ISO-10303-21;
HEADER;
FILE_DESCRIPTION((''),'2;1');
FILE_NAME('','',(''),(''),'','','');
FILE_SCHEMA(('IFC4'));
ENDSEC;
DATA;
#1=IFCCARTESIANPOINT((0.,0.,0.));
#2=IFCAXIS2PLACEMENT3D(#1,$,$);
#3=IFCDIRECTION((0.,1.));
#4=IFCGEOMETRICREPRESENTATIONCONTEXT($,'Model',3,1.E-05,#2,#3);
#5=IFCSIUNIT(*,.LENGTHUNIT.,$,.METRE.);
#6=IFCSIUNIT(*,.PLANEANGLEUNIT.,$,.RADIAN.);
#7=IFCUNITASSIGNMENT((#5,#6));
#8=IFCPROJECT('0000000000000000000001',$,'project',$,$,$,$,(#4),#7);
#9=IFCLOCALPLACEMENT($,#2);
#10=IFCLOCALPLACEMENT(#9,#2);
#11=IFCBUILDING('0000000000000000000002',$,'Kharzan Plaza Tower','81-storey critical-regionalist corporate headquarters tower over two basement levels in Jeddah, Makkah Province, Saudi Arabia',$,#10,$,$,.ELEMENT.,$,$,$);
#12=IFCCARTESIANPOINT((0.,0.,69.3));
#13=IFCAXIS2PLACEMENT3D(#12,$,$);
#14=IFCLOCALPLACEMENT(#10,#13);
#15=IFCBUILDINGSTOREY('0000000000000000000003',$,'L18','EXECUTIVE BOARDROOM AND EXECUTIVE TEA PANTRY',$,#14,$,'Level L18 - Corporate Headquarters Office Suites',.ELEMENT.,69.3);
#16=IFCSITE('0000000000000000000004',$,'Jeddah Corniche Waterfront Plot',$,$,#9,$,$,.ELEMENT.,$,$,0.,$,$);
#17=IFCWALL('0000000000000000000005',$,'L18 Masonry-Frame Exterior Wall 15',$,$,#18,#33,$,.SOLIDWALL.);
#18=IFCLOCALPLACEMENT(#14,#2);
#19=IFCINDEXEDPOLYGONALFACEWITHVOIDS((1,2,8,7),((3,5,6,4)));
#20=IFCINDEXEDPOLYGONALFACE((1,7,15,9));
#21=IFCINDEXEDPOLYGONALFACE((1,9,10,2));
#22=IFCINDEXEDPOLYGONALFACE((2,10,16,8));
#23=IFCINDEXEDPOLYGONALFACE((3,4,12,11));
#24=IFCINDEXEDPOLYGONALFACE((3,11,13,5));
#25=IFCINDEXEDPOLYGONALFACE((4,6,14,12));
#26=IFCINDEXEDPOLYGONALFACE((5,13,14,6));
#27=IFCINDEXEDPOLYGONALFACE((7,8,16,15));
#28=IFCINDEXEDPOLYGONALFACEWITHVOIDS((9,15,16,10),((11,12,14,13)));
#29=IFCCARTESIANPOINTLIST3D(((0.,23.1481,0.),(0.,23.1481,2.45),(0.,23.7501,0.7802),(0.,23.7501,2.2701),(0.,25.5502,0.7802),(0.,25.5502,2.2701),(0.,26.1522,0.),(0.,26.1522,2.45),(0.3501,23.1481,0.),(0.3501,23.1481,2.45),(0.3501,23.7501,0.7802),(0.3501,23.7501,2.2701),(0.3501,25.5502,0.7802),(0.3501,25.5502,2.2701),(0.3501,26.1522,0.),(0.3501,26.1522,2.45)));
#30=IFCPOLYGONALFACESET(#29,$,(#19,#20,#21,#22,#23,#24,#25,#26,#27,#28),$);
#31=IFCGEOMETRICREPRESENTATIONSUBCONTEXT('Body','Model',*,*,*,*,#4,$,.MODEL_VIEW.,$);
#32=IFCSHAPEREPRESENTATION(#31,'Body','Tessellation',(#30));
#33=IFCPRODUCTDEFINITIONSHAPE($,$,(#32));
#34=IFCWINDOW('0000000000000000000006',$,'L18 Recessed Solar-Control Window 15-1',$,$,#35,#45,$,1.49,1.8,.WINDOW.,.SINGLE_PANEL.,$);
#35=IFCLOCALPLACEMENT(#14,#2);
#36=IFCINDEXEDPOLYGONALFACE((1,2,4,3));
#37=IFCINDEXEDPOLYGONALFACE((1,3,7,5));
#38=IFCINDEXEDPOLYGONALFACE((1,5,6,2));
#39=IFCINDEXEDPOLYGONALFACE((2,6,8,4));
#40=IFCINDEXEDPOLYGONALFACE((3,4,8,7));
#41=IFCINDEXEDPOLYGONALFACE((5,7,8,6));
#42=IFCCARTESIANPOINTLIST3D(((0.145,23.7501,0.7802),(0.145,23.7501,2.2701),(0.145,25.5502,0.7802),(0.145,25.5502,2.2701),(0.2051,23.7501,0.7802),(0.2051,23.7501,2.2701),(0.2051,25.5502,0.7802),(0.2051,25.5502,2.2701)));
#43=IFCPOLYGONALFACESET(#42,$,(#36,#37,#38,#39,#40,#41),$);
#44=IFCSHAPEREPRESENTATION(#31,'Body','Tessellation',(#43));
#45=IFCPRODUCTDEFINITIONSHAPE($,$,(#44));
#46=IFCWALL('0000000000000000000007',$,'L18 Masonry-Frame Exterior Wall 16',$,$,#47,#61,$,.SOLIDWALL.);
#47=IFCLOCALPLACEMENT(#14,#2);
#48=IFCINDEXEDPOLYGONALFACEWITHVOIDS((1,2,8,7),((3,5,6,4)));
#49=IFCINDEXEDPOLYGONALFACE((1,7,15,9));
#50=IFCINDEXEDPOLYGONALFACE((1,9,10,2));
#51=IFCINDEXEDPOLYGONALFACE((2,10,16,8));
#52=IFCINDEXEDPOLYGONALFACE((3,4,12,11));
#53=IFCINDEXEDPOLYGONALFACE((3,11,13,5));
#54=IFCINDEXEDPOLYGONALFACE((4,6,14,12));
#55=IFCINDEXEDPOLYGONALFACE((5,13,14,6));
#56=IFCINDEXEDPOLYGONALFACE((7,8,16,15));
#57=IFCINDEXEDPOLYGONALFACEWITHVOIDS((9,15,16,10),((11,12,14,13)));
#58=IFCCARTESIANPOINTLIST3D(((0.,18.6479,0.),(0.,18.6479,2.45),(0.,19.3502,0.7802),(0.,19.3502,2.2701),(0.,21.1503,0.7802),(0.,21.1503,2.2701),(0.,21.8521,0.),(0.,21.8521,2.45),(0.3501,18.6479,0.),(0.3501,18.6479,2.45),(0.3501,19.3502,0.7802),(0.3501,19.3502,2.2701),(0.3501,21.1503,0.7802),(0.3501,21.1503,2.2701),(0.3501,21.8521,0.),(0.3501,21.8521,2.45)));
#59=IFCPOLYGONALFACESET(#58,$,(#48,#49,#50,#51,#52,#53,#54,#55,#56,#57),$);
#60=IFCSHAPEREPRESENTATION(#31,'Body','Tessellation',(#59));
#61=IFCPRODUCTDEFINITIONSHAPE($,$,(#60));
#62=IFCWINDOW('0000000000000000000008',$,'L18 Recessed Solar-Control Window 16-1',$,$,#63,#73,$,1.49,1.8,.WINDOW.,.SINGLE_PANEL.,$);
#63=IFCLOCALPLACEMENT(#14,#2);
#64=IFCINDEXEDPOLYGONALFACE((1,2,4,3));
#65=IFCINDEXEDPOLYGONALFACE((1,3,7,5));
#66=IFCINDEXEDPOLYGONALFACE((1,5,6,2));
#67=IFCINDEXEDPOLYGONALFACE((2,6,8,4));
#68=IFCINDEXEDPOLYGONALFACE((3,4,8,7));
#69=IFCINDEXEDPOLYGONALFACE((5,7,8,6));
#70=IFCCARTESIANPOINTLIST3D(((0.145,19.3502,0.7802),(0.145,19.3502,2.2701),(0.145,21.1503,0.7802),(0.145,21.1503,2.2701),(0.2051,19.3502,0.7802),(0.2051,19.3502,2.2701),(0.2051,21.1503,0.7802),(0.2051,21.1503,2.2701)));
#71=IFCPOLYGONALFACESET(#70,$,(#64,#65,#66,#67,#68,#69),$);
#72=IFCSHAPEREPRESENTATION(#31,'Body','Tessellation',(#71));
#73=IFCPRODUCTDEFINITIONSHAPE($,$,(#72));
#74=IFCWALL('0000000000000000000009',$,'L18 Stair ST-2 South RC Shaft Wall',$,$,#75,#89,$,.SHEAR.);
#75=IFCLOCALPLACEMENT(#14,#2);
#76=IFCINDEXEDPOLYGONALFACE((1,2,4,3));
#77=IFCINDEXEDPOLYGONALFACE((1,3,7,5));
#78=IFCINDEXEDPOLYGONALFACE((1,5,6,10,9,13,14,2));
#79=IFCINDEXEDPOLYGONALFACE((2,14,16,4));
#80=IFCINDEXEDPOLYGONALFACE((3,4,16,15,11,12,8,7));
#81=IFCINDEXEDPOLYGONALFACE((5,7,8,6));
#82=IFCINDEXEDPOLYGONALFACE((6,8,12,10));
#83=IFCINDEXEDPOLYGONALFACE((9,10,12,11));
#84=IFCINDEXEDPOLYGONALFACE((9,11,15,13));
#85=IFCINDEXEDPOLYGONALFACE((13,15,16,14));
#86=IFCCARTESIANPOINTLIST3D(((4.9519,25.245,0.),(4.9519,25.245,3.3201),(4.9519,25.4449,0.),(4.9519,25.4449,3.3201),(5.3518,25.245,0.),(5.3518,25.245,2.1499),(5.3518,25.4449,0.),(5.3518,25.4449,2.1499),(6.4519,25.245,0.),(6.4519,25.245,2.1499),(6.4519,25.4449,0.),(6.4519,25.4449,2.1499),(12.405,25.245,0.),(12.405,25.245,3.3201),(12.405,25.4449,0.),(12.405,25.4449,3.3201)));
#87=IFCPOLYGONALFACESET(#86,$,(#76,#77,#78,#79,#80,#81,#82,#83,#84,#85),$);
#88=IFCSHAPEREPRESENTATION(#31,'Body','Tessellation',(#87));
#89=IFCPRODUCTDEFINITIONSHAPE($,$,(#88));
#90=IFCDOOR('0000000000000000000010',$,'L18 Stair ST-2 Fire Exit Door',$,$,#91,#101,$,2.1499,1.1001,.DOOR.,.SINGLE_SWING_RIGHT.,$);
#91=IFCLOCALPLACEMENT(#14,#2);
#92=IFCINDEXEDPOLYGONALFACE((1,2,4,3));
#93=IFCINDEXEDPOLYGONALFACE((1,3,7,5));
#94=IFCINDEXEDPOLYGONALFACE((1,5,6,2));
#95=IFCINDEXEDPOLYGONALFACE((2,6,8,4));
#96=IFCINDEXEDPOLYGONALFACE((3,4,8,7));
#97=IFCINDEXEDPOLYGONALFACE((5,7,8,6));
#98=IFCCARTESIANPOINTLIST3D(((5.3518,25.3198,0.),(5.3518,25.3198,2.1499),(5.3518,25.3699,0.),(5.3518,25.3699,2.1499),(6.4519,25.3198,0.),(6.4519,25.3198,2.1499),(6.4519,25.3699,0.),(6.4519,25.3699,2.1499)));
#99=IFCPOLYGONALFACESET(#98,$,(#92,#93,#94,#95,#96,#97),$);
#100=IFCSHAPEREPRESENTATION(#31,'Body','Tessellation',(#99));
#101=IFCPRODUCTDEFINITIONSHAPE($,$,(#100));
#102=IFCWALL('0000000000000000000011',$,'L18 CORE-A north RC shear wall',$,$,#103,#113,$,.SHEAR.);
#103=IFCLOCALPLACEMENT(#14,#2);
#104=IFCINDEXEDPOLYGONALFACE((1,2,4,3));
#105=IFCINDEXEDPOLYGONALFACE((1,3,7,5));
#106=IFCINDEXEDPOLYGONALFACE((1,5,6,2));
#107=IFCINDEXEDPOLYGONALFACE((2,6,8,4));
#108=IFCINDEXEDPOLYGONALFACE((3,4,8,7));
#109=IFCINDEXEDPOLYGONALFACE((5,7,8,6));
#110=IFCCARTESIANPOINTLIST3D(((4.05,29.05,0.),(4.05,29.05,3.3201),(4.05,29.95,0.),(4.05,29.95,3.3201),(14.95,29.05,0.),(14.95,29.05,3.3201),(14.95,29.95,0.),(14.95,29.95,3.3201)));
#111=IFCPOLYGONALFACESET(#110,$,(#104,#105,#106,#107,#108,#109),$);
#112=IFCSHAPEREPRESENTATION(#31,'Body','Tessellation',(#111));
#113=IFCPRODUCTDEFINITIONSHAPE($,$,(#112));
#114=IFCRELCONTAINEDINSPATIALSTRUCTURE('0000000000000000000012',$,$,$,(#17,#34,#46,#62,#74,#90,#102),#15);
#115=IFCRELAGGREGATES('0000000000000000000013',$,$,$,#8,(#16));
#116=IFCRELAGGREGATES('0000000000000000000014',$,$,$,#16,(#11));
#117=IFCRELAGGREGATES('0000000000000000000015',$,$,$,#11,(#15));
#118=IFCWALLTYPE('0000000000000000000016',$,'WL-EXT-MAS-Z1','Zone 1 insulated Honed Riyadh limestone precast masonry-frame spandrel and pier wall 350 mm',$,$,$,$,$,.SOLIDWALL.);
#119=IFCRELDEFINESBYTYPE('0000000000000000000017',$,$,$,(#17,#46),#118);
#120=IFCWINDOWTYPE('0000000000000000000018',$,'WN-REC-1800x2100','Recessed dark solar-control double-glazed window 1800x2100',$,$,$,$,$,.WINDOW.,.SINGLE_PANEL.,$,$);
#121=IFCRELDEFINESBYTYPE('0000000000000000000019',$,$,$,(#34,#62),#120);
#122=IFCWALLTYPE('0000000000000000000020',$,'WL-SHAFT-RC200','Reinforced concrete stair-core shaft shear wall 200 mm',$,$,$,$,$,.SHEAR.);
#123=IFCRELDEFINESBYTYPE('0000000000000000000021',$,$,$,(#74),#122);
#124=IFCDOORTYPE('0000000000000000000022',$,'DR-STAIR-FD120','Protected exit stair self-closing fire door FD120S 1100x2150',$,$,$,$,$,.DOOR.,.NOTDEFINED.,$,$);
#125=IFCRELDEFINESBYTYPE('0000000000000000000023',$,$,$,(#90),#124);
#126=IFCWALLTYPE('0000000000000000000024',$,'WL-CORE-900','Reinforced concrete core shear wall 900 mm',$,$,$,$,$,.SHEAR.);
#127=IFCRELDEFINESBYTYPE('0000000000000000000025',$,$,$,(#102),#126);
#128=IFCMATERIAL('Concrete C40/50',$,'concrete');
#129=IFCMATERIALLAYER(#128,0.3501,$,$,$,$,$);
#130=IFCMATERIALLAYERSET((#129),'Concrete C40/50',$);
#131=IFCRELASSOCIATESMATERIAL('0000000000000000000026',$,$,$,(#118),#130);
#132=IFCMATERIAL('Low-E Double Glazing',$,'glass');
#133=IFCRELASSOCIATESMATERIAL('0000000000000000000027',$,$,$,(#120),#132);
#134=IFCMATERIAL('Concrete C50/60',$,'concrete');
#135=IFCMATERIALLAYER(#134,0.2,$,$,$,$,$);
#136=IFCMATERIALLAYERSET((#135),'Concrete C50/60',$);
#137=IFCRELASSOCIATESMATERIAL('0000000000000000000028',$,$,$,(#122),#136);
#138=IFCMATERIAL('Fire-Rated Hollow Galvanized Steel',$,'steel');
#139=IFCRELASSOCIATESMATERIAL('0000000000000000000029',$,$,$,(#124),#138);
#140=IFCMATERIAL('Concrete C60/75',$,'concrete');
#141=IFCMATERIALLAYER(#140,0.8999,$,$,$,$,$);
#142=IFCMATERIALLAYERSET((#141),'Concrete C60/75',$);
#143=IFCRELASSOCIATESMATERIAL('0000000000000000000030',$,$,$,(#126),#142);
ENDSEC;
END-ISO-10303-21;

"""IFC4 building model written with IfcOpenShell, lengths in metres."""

from ifc_helpers import new_model, si_unit, direction, frame, frame_2d, origin, place, context, subcontext, project, spatial, rectangle, extrude, source, transform, mapped, material, layer, layer_set, type_object, element, fill, save


model = new_model("IFC4")

# Units and contexts
model_context = context("Model", 3, precision=1e-05, world=origin(), true_north=direction((0.0, 1.0)))
body_context = subcontext(model_context, "Body", "Model", "MODEL_VIEW")
ifc_project = project(units=[si_unit("LENGTHUNIT", "METRE"), si_unit("PLANEANGLEUNIT", "RADIAN")], contexts=[model_context])

# Site, building, storey
site_placement = place(None, origin())
site = spatial("IfcSite", under=ifc_project, at=site_placement, Name="Jeddah Corniche Waterfront Plot", CompositionType="ELEMENT", RefElevation=0.0)
building_placement = place(site_placement, origin())
building = spatial("IfcBuilding", under=site, at=building_placement, Name="Kharzan Plaza Tower", Description="81-storey critical-regionalist corporate headquarters tower over two basement levels in Jeddah, Makkah Province, Saudi Arabia", CompositionType="ELEMENT")
storey_placement = place(building_placement, frame((0.0, 0.0, 69.3)))
storey = spatial("IfcBuildingStorey", under=building, at=storey_placement, Name="L18", Description="EXECUTIVE BOARDROOM AND EXECUTIVE TEA PANTRY", LongName="Level L18 - Corporate Headquarters Office Suites", CompositionType="ELEMENT", Elevation=69.3)

# Shared definitions
ifc_material_1 = material(Name="Concrete C60/75", Category="concrete")

# Walls, openings, windows
ifc_material_2 = material(Name="Concrete C40/50", Category="concrete")
ifc_layer_1 = layer(ifc_material_2, 0.3501)
ifc_layer_set_1 = layer_set([ifc_layer_1], Name="Concrete C40/50")
wall_type_1 = type_object("IfcWallType", Name="WL-EXT-MAS-Z1", Description="Zone 1 insulated Honed Riyadh limestone precast masonry-frame spandrel and pier wall 350 mm", PredefinedType="SOLIDWALL", material=ifc_layer_set_1)
wall_1_placement = place(storey_placement, frame((0.175, 26.1521, 0.0), z_axis=(0.0, 0.0, 1.0), x_axis=(0.0, -1.0, 0.0)))
wall_1 = element("IfcWall", 1, at=wall_1_placement, inside=storey, type_object=wall_type_1, Name="L18 Masonry-Frame Exterior Wall 15", PredefinedType="SOLIDWALL", context=body_context, shape_type="SweptSolid", body=[
    extrude(rectangle(XDim=3.0042, YDim=0.3501, at=frame_2d((1.502, 0.0))), origin(), (0.0, 0.0, 1.0), 2.45),
])
opening_1_placement = place(wall_1_placement, frame((0.6021, 0.0, 0.78)))
opening_1 = element("IfcOpeningElement", 2, at=opening_1_placement, cuts=wall_1, PredefinedType="OPENING", context=body_context, shape_type="SweptSolid", body=[
    extrude(rectangle(XDim=1.8, YDim=1.49, at=frame_2d((0.8999, 0.7451))), frame((0.0, 0.1851, 0.0), z_axis=(0.0, -1.0, 0.0), x_axis=(1.0, 0.0, 0.0)), (0.0, 0.0, 1.0), 0.3701),
])
ifc_material_3 = material(Name="Low-E Double Glazing", Category="glass")
window_type = type_object("IfcWindowType", Name="WN-REC-1800x2100", Description="Recessed dark solar-control double-glazed window 1800x2100", PartitioningType="SINGLE_PANEL", PredefinedType="WINDOW", material=ifc_material_3)
shared_shape_1 = source(origin(), body_context, "Body", "SweptSolid", [
    extrude(rectangle(XDim=1.8, YDim=1.49, at=frame_2d((0.8999, 0.7451))), frame((0.0, 0.03, 0.0), z_axis=(0.0, -1.0, 0.0), x_axis=(1.0, 0.0, 0.0)), (0.0, 0.0, 1.0), 0.0601),
])
window_1_placement = place(opening_1_placement, origin())
window_1 = element("IfcWindow", 3, at=window_1_placement, inside=storey, type_object=window_type, Name="L18 Recessed Solar-Control Window 15-1", OverallHeight=1.49, OverallWidth=1.8, PartitioningType="SINGLE_PANEL", PredefinedType="WINDOW", context=body_context, shape_type="MappedRepresentation", body=[
    mapped(shared_shape_1, transform((0.0, 0.0, 0.0), x_axis=(1.0, 0.0, 0.0), y_axis=(0.0, 1.0, 0.0), z_axis=(0.0, 0.0, 1.0))),
])
fill(opening_1, window_1)
wall_2_placement = place(storey_placement, frame((0.175, 21.8521, 0.0), z_axis=(0.0, 0.0, 1.0), x_axis=(0.0, -1.0, 0.0)))
wall_2 = element("IfcWall", 4, at=wall_2_placement, inside=storey, type_object=wall_type_1, Name="L18 Masonry-Frame Exterior Wall 16", PredefinedType="SOLIDWALL", context=body_context, shape_type="SweptSolid", body=[
    extrude(rectangle(XDim=3.2041, YDim=0.3501, at=frame_2d((1.6021, 0.0))), origin(), (0.0, 0.0, 1.0), 2.45),
])
opening_2_placement = place(wall_2_placement, frame((0.7019, 0.0, 0.78)))
opening_2 = element("IfcOpeningElement", 5, at=opening_2_placement, cuts=wall_2, PredefinedType="OPENING", context=body_context, shape_type="SweptSolid", body=[
    extrude(rectangle(XDim=1.8, YDim=1.49, at=frame_2d((0.8999, 0.7451))), frame((0.0, 0.1851, 0.0), z_axis=(0.0, -1.0, 0.0), x_axis=(1.0, 0.0, 0.0)), (0.0, 0.0, 1.0), 0.3701),
])
window_2_placement = place(opening_2_placement, origin())
window_2 = element("IfcWindow", 6, at=window_2_placement, inside=storey, type_object=window_type, Name="L18 Recessed Solar-Control Window 16-1", OverallHeight=1.49, OverallWidth=1.8, PartitioningType="SINGLE_PANEL", PredefinedType="WINDOW", context=body_context, shape_type="MappedRepresentation", body=[
    mapped(shared_shape_1, transform((0.0, 0.0, 0.0), x_axis=(1.0, 0.0, 0.0), y_axis=(0.0, 1.0, 0.0), z_axis=(0.0, 0.0, 1.0))),
])
fill(opening_2, window_2)

# Wall, opening, door
ifc_material_4 = material(Name="Concrete C50/60", Category="concrete")
ifc_layer_2 = layer(ifc_material_4, 0.2)
ifc_layer_set_2 = layer_set([ifc_layer_2], Name="Concrete C50/60")
wall_type_2 = type_object("IfcWallType", Name="WL-SHAFT-RC200", Description="Reinforced concrete stair-core shaft shear wall 200 mm", PredefinedType="SHEAR", material=ifc_layer_set_2)
wall_3_placement = place(storey_placement, frame((4.9519, 25.345, 0.0), z_axis=(0.0, 0.0, 1.0), x_axis=(1.0, 0.0, 0.0)))
wall_3 = element("IfcWall", 7, at=wall_3_placement, inside=storey, type_object=wall_type_2, Name="L18 Stair ST-2 South RC Shaft Wall", PredefinedType="SHEAR", context=body_context, shape_type="SweptSolid", body=[
    extrude(rectangle(XDim=7.4531, YDim=0.2, at=frame_2d((3.7266, 0.0))), origin(), (0.0, 0.0, 1.0), 3.3201),
])
opening_3_placement = place(wall_3_placement, frame((0.3999, 0.0, 0.0)))
opening_3 = element("IfcOpeningElement", 8, at=opening_3_placement, cuts=wall_3, PredefinedType="OPENING", context=body_context, shape_type="SweptSolid", body=[
    extrude(rectangle(XDim=1.1001, YDim=2.1499, at=frame_2d((0.55, 1.075))), frame((0.0, 0.1099, 0.0), z_axis=(0.0, -1.0, 0.0), x_axis=(1.0, 0.0, 0.0)), (0.0, 0.0, 1.0), 0.22),
])
ifc_material_5 = material(Name="Fire-Rated Hollow Galvanized Steel", Category="steel")
door_type = type_object("IfcDoorType", Name="DR-STAIR-FD120", Description="Protected exit stair self-closing fire door FD120S 1100x2150", OperationType="NOTDEFINED", PredefinedType="DOOR", material=ifc_material_5)
shared_shape_2 = source(origin(), body_context, "Body", "SweptSolid", [
    extrude(rectangle(XDim=1.1001, YDim=2.1499, at=frame_2d((0.55, 1.075))), frame((0.0, 0.0249, 0.0), z_axis=(0.0, -1.0, 0.0), x_axis=(1.0, 0.0, 0.0)), (0.0, 0.0, 1.0), 0.05),
])
door_placement = place(opening_3_placement, origin())
door = element("IfcDoor", 9, at=door_placement, inside=storey, type_object=door_type, Name="L18 Stair ST-2 Fire Exit Door", OperationType="SINGLE_SWING_RIGHT", OverallHeight=2.1499, OverallWidth=1.1001, PredefinedType="DOOR", context=body_context, shape_type="MappedRepresentation", body=[
    mapped(shared_shape_2, transform((0.0, 0.0, 0.0), x_axis=(1.0, 0.0, 0.0), y_axis=(0.0, 1.0, 0.0), z_axis=(0.0, 0.0, 1.0))),
])
fill(opening_3, door)

# Wall
ifc_layer_3 = layer(ifc_material_1, 0.8999)
ifc_layer_set_3 = layer_set([ifc_layer_3], Name="Concrete C60/75")
wall_type_3 = type_object("IfcWallType", Name="WL-CORE-900", Description="Reinforced concrete core shear wall 900 mm", PredefinedType="SHEAR", material=ifc_layer_set_3)
shared_shape_3 = source(origin(), body_context, "Body", "SweptSolid", [
    extrude(rectangle(XDim=10.8999, YDim=0.8999, at=frame_2d((5.45, 0.0))), origin(), (0.0, 0.0, 1.0), 3.3201),
])
wall_4_placement = place(storey_placement, frame((4.05, 29.5, 0.0), z_axis=(0.0, 0.0, 1.0), x_axis=(1.0, 0.0, 0.0)))
element("IfcWall", 10, at=wall_4_placement, inside=storey, type_object=wall_type_3, Name="L18 CORE-A north RC shear wall", PredefinedType="SHEAR", context=body_context, shape_type="MappedRepresentation", body=[
    mapped(shared_shape_3, transform((0.0, 0.0, 0.0), x_axis=(1.0, 0.0, 0.0), y_axis=(0.0, 1.0, 0.0), z_axis=(0.0, 0.0, 1.0))),
])

save(model, "model.ifc")
